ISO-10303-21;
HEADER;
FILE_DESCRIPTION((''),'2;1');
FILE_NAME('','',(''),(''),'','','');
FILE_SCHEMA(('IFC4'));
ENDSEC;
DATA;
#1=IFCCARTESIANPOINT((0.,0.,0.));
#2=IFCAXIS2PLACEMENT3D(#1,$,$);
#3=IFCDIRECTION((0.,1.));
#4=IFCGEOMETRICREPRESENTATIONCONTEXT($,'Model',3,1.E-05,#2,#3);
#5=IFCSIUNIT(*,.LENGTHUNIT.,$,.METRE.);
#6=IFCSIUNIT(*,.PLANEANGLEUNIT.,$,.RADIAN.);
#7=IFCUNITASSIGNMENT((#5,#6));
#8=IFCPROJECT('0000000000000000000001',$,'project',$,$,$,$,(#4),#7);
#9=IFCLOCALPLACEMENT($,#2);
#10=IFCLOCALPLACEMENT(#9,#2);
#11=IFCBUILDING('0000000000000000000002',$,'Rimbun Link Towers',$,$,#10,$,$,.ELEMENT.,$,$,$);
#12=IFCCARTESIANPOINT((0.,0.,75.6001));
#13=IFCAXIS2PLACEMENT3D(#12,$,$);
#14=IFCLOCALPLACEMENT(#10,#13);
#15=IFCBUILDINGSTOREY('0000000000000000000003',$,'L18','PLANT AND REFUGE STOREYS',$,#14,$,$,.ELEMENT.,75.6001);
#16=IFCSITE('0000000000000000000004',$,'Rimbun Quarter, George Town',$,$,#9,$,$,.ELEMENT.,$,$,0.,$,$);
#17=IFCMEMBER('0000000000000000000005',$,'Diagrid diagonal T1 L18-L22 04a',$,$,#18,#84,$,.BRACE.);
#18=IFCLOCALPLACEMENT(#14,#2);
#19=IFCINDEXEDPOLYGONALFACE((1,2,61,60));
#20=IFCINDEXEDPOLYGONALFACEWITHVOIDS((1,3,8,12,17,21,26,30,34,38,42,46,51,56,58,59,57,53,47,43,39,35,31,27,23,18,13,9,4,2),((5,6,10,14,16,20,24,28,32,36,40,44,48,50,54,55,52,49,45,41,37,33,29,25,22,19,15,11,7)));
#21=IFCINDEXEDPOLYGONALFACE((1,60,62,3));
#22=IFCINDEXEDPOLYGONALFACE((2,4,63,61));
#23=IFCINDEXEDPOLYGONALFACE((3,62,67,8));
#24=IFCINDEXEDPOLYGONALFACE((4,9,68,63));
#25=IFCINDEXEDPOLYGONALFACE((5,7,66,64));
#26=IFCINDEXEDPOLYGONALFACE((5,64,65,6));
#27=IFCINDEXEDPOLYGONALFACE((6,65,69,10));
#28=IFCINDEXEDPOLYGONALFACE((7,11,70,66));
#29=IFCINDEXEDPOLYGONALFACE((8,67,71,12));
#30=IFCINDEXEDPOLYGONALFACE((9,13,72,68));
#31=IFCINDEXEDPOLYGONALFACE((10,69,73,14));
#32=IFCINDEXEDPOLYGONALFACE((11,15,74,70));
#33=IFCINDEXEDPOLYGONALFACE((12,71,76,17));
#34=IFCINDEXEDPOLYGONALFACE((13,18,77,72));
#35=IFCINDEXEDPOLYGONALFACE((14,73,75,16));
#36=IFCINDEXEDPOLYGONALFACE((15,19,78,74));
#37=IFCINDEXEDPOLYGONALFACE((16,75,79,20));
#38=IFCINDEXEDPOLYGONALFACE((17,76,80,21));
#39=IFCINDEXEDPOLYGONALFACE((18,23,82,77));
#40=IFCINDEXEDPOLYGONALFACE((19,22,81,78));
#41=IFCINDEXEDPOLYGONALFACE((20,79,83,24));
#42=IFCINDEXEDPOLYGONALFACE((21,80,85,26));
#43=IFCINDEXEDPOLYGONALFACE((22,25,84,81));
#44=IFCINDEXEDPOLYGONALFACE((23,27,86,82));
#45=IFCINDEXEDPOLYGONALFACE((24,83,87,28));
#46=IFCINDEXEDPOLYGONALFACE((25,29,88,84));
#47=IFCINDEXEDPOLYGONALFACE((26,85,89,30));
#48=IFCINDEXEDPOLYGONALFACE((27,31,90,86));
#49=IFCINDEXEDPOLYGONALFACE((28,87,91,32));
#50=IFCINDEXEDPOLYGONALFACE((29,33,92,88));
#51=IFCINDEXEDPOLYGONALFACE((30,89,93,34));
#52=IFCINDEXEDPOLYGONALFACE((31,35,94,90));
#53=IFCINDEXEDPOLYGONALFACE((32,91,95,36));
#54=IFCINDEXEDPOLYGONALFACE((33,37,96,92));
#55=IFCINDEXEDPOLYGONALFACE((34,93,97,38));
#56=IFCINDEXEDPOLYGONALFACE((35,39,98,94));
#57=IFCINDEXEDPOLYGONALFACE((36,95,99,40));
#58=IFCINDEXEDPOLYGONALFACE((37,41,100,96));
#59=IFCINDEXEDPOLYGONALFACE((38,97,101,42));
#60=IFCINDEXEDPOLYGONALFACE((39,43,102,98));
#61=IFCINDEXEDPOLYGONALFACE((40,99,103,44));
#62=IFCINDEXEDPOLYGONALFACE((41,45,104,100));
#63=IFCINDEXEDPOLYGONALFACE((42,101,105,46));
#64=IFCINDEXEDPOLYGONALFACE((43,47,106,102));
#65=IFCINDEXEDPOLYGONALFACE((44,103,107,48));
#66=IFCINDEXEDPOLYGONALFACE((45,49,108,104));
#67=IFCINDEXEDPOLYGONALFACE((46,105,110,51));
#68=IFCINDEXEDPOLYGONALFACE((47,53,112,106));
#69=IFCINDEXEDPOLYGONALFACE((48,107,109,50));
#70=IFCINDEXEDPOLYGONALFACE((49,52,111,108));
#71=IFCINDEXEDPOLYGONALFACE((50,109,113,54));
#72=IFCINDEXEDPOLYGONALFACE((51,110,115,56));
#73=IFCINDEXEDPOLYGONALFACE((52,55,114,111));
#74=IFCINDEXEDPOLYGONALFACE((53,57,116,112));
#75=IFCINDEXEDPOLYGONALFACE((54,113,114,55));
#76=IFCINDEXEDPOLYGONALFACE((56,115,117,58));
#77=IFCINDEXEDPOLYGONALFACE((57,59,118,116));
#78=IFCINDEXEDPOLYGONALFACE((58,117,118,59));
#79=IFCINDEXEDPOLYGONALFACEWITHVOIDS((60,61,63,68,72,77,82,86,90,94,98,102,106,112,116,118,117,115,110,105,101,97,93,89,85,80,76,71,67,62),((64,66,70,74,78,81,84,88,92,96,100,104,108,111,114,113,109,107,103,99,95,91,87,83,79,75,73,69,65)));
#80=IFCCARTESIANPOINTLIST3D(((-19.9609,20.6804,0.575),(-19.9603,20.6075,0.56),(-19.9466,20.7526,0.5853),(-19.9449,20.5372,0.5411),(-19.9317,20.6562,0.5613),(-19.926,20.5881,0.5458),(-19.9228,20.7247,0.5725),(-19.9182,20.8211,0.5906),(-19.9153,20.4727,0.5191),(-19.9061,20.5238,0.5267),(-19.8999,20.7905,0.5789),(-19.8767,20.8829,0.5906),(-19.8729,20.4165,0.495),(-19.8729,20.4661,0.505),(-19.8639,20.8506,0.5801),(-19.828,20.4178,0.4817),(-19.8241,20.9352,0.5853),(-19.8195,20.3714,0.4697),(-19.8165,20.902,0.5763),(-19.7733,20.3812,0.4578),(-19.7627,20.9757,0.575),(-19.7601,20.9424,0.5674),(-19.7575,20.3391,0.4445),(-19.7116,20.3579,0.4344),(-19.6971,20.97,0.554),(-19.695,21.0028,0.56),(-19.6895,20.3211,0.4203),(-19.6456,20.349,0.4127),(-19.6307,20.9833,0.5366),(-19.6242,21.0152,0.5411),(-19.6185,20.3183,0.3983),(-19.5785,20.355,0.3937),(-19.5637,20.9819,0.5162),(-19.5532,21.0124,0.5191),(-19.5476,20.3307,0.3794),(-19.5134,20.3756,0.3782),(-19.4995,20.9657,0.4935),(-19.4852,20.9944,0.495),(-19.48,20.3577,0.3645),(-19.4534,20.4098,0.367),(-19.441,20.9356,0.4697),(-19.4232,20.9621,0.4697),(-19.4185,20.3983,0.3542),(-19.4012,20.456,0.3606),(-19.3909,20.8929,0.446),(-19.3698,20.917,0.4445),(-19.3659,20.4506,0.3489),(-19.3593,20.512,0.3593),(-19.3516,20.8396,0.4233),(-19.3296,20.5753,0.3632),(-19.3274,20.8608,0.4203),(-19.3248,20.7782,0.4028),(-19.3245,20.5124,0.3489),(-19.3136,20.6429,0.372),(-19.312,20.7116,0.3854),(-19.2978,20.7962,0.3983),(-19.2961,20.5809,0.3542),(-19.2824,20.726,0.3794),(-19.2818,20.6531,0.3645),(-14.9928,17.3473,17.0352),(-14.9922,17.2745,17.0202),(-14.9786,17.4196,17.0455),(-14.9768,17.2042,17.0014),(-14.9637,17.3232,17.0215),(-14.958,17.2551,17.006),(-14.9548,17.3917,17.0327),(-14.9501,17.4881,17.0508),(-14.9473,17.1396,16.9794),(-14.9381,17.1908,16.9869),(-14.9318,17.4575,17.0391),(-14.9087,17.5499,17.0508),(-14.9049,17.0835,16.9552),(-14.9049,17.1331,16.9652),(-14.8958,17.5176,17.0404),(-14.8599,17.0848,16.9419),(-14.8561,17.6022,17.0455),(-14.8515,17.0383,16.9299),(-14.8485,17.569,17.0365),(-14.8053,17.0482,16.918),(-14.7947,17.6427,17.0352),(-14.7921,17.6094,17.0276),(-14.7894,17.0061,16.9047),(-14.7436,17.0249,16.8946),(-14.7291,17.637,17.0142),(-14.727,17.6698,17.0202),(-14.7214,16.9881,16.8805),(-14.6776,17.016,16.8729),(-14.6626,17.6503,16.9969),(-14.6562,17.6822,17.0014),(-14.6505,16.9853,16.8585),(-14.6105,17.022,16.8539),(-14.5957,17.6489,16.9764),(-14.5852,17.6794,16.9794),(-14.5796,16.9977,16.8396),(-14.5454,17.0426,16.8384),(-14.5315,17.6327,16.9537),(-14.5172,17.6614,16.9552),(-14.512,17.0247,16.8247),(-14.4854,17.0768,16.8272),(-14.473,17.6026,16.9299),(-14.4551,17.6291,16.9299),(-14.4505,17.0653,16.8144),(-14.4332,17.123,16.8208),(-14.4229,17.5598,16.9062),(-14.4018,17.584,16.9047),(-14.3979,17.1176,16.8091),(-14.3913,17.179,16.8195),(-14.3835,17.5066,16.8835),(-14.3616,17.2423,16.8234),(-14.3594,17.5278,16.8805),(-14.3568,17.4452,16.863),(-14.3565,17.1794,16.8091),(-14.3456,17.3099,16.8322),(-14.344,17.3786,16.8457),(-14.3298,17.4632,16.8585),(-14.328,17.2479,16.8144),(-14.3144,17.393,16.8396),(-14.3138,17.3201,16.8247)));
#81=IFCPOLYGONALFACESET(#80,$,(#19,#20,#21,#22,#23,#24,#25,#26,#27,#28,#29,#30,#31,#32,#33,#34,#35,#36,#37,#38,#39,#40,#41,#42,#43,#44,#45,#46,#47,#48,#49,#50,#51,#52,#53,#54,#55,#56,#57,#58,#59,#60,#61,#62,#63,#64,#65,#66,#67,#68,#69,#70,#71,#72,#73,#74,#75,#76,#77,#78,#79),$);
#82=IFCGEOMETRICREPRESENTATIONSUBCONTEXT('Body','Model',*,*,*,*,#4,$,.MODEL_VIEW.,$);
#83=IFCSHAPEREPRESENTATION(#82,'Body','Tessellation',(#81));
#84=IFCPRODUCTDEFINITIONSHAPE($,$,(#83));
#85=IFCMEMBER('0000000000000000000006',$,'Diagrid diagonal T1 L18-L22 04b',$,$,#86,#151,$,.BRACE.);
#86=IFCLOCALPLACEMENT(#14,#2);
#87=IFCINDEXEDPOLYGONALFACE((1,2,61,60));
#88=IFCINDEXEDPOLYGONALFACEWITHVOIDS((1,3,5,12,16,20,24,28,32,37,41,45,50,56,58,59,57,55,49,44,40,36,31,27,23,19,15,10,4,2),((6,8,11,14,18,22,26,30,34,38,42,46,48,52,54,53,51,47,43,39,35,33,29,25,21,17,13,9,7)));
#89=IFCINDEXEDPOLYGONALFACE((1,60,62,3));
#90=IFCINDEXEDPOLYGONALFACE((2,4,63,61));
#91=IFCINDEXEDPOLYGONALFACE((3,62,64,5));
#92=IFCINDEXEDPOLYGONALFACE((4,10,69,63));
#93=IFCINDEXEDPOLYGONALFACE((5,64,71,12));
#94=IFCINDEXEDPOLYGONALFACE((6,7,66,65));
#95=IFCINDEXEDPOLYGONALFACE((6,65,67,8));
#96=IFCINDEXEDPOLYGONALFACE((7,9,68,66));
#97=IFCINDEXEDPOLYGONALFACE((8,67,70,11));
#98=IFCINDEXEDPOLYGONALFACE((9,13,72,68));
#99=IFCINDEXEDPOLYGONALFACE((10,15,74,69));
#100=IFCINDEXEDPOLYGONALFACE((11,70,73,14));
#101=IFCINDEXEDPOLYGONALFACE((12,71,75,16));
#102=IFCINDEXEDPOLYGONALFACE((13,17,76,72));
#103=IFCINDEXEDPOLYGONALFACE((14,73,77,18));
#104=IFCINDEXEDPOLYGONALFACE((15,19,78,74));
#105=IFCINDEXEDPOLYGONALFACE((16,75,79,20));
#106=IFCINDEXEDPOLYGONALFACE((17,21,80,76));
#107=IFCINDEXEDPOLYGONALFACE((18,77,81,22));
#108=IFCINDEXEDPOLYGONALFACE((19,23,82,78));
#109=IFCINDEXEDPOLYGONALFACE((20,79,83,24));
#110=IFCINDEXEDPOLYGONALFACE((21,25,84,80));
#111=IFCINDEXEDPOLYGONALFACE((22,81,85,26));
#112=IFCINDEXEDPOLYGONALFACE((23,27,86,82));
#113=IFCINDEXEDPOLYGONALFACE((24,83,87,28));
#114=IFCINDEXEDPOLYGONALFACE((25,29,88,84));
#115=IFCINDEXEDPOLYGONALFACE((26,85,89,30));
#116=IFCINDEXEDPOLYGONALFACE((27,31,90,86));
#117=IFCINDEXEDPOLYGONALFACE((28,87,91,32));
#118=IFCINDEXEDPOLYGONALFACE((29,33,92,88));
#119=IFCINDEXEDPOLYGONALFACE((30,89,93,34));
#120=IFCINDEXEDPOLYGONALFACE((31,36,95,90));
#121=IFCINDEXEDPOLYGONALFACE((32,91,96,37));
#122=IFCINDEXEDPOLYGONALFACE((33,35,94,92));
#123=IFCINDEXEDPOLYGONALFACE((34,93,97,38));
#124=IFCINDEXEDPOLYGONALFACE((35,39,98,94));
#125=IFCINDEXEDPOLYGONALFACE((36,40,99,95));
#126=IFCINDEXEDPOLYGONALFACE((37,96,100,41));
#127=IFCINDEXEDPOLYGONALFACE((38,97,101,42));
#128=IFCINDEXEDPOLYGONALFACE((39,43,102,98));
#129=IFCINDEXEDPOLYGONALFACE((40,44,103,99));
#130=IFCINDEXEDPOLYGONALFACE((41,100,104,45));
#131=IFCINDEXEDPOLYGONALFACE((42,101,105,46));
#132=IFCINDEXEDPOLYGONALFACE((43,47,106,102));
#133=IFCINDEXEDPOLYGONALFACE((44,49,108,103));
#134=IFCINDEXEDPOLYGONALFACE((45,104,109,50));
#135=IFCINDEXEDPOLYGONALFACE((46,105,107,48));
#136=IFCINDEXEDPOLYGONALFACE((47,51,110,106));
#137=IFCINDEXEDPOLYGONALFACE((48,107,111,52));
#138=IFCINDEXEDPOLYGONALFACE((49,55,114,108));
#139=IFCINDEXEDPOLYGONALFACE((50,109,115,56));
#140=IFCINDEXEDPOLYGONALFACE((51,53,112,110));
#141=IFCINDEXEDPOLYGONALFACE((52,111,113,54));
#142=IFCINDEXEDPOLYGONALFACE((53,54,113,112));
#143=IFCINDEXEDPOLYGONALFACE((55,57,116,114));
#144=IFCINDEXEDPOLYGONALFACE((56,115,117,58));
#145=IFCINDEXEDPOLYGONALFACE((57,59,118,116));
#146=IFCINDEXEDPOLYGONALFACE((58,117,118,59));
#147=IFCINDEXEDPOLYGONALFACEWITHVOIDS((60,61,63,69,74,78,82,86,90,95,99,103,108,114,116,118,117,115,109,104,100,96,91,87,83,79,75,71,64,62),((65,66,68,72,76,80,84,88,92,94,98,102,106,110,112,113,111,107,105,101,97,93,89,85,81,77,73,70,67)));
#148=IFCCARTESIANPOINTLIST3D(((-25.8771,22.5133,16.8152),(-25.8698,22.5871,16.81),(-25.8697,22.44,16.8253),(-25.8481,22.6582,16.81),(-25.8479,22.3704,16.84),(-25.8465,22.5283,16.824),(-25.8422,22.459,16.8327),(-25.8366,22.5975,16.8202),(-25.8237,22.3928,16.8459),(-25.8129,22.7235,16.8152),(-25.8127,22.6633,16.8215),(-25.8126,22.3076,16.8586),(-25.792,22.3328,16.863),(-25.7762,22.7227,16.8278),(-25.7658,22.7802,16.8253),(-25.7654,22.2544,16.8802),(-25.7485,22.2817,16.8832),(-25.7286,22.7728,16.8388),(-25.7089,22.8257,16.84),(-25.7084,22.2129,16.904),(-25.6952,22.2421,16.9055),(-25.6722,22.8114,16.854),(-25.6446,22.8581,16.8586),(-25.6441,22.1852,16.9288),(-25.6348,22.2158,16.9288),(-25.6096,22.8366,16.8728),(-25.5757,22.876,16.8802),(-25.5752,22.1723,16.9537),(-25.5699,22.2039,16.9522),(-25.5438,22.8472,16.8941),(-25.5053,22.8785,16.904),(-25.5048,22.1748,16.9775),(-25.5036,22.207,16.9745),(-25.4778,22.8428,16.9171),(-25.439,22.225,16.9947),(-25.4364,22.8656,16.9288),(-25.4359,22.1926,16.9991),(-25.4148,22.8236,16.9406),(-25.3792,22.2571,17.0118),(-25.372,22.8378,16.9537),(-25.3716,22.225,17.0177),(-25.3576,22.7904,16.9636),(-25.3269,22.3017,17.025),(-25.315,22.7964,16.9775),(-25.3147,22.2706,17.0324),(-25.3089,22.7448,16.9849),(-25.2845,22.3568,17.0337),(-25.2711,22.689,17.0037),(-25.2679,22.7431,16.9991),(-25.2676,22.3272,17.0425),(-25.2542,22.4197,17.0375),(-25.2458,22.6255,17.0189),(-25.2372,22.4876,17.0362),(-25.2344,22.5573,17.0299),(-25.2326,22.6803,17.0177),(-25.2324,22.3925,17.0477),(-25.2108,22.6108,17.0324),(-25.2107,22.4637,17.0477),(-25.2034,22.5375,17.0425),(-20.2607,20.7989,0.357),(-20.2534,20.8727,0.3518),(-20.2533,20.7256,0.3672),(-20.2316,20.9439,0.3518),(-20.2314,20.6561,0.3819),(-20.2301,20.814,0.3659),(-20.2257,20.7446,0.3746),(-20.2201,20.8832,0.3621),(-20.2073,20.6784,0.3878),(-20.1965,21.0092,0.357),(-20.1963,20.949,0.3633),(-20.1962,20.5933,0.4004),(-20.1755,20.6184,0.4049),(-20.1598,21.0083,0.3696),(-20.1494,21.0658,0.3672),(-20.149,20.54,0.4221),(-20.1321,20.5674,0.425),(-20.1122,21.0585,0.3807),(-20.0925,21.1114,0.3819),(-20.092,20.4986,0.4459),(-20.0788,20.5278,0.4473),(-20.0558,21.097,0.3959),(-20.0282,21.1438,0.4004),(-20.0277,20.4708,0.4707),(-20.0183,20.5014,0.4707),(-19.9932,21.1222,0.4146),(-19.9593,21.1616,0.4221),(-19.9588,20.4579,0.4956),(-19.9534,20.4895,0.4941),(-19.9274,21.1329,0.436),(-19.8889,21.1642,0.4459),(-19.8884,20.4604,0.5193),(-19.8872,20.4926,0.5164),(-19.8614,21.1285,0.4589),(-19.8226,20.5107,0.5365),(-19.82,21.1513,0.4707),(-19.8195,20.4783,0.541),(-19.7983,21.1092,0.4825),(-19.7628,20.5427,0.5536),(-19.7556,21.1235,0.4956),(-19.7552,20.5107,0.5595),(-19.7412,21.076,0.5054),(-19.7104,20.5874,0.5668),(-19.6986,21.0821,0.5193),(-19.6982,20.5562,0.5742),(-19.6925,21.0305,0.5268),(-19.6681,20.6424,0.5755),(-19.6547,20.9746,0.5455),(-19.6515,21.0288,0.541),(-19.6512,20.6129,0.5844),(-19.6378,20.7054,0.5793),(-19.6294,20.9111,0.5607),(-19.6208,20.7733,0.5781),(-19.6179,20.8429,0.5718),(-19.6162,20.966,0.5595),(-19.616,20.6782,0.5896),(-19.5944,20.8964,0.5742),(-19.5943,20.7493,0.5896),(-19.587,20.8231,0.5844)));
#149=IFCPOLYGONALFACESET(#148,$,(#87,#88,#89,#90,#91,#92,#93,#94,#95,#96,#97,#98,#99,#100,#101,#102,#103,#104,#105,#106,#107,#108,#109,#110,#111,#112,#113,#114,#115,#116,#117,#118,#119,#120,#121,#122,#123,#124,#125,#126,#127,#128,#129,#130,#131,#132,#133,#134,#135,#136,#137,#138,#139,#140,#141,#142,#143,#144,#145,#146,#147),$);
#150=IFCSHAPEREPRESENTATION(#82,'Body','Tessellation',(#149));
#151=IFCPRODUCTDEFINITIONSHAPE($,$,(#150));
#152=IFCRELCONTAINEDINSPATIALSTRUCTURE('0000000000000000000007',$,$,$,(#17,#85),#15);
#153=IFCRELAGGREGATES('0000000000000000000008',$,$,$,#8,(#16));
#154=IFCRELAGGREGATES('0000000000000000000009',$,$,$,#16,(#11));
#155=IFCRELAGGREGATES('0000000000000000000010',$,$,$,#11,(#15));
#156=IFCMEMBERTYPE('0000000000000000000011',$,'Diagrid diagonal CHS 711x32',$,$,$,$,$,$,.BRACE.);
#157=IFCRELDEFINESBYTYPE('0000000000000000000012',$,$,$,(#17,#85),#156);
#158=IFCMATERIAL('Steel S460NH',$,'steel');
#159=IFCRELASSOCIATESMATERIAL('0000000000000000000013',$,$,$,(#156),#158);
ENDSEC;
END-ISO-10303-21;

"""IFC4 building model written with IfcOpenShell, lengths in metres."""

from ifc_helpers import new_model, si_unit, direction, frame, origin, origin_2d, place, context, subcontext, project, spatial, hollow_circle, extrude, material, material_profile, profile_set, type_object, element, save


model = new_model("IFC4")

# Units and contexts
model_context = context("Model", 3, precision=1e-05, world=origin(), true_north=direction((0.0, 1.0)))
body_context = subcontext(model_context, "Body", "Model", "MODEL_VIEW")
ifc_project = project(units=[si_unit("LENGTHUNIT", "METRE"), si_unit("PLANEANGLEUNIT", "RADIAN")], contexts=[model_context])

# Site, building, storey
site_placement = place(None, origin())
site = spatial("IfcSite", under=ifc_project, at=site_placement, Name="Rimbun Quarter, George Town", CompositionType="ELEMENT", RefElevation=0.0)
building_placement = place(site_placement, origin())
building = spatial("IfcBuilding", under=site, at=building_placement, Name="Rimbun Link Towers", CompositionType="ELEMENT")
storey_placement = place(building_placement, frame((0.0, 0.0, 75.6001)))
storey = spatial("IfcBuildingStorey", under=building, at=storey_placement, Name="L18", Description="PLANT AND REFUGE STOREYS", CompositionType="ELEMENT", Elevation=75.6001)

# Members
ifc_material_1 = material(Name="Steel S460NH", Category="steel")
ifc_material_profile_1 = material_profile(ifc_material_1, hollow_circle(Radius=0.3557, WallThickness=0.032, at=origin_2d()), Name="Diagrid diagonal CHS 711x32")
ifc_profile_set_1 = profile_set([ifc_material_profile_1], Name="Steel S460NH")
member_type_1 = type_object("IfcMemberType", Name="Diagrid diagonal CHS 711x32", PredefinedType="BRACE", material=ifc_profile_set_1)
member_1_placement = place(storey_placement, frame((-19.6213, 20.6667, 0.4697), z_axis=(0.283665, -0.190309, 0.939849), x_axis=(0.557128, 0.830427, 0.0)))
element("IfcMember", 1, at=member_1_placement, inside=storey, type_object=member_type_1, Name="Diagrid diagonal T1 L18-L22 04a", PredefinedType="BRACE", context=body_context, shape_type="SweptSolid", body=[
    extrude(hollow_circle(Radius=0.3557, WallThickness=0.032, at=origin_2d()), origin(), (0.0, 0.0, 1.0), 17.5137),
])
member_2_placement = place(storey_placement, frame((-19.9238, 20.811, 0.4707), z_axis=(-0.321409, 0.098106, 0.941845), x_axis=(-0.291941, -0.956436, 0.0)))
element("IfcMember", 2, at=member_2_placement, inside=storey, type_object=member_type_1, Name="Diagrid diagonal T1 L18-L22 04b", PredefinedType="BRACE", context=body_context, shape_type="SweptSolid", body=[
    extrude(hollow_circle(Radius=0.3557, WallThickness=0.032, at=origin_2d()), origin(), (0.0, 0.0, 1.0), 17.4744),
])

save(model, "model.ifc")
